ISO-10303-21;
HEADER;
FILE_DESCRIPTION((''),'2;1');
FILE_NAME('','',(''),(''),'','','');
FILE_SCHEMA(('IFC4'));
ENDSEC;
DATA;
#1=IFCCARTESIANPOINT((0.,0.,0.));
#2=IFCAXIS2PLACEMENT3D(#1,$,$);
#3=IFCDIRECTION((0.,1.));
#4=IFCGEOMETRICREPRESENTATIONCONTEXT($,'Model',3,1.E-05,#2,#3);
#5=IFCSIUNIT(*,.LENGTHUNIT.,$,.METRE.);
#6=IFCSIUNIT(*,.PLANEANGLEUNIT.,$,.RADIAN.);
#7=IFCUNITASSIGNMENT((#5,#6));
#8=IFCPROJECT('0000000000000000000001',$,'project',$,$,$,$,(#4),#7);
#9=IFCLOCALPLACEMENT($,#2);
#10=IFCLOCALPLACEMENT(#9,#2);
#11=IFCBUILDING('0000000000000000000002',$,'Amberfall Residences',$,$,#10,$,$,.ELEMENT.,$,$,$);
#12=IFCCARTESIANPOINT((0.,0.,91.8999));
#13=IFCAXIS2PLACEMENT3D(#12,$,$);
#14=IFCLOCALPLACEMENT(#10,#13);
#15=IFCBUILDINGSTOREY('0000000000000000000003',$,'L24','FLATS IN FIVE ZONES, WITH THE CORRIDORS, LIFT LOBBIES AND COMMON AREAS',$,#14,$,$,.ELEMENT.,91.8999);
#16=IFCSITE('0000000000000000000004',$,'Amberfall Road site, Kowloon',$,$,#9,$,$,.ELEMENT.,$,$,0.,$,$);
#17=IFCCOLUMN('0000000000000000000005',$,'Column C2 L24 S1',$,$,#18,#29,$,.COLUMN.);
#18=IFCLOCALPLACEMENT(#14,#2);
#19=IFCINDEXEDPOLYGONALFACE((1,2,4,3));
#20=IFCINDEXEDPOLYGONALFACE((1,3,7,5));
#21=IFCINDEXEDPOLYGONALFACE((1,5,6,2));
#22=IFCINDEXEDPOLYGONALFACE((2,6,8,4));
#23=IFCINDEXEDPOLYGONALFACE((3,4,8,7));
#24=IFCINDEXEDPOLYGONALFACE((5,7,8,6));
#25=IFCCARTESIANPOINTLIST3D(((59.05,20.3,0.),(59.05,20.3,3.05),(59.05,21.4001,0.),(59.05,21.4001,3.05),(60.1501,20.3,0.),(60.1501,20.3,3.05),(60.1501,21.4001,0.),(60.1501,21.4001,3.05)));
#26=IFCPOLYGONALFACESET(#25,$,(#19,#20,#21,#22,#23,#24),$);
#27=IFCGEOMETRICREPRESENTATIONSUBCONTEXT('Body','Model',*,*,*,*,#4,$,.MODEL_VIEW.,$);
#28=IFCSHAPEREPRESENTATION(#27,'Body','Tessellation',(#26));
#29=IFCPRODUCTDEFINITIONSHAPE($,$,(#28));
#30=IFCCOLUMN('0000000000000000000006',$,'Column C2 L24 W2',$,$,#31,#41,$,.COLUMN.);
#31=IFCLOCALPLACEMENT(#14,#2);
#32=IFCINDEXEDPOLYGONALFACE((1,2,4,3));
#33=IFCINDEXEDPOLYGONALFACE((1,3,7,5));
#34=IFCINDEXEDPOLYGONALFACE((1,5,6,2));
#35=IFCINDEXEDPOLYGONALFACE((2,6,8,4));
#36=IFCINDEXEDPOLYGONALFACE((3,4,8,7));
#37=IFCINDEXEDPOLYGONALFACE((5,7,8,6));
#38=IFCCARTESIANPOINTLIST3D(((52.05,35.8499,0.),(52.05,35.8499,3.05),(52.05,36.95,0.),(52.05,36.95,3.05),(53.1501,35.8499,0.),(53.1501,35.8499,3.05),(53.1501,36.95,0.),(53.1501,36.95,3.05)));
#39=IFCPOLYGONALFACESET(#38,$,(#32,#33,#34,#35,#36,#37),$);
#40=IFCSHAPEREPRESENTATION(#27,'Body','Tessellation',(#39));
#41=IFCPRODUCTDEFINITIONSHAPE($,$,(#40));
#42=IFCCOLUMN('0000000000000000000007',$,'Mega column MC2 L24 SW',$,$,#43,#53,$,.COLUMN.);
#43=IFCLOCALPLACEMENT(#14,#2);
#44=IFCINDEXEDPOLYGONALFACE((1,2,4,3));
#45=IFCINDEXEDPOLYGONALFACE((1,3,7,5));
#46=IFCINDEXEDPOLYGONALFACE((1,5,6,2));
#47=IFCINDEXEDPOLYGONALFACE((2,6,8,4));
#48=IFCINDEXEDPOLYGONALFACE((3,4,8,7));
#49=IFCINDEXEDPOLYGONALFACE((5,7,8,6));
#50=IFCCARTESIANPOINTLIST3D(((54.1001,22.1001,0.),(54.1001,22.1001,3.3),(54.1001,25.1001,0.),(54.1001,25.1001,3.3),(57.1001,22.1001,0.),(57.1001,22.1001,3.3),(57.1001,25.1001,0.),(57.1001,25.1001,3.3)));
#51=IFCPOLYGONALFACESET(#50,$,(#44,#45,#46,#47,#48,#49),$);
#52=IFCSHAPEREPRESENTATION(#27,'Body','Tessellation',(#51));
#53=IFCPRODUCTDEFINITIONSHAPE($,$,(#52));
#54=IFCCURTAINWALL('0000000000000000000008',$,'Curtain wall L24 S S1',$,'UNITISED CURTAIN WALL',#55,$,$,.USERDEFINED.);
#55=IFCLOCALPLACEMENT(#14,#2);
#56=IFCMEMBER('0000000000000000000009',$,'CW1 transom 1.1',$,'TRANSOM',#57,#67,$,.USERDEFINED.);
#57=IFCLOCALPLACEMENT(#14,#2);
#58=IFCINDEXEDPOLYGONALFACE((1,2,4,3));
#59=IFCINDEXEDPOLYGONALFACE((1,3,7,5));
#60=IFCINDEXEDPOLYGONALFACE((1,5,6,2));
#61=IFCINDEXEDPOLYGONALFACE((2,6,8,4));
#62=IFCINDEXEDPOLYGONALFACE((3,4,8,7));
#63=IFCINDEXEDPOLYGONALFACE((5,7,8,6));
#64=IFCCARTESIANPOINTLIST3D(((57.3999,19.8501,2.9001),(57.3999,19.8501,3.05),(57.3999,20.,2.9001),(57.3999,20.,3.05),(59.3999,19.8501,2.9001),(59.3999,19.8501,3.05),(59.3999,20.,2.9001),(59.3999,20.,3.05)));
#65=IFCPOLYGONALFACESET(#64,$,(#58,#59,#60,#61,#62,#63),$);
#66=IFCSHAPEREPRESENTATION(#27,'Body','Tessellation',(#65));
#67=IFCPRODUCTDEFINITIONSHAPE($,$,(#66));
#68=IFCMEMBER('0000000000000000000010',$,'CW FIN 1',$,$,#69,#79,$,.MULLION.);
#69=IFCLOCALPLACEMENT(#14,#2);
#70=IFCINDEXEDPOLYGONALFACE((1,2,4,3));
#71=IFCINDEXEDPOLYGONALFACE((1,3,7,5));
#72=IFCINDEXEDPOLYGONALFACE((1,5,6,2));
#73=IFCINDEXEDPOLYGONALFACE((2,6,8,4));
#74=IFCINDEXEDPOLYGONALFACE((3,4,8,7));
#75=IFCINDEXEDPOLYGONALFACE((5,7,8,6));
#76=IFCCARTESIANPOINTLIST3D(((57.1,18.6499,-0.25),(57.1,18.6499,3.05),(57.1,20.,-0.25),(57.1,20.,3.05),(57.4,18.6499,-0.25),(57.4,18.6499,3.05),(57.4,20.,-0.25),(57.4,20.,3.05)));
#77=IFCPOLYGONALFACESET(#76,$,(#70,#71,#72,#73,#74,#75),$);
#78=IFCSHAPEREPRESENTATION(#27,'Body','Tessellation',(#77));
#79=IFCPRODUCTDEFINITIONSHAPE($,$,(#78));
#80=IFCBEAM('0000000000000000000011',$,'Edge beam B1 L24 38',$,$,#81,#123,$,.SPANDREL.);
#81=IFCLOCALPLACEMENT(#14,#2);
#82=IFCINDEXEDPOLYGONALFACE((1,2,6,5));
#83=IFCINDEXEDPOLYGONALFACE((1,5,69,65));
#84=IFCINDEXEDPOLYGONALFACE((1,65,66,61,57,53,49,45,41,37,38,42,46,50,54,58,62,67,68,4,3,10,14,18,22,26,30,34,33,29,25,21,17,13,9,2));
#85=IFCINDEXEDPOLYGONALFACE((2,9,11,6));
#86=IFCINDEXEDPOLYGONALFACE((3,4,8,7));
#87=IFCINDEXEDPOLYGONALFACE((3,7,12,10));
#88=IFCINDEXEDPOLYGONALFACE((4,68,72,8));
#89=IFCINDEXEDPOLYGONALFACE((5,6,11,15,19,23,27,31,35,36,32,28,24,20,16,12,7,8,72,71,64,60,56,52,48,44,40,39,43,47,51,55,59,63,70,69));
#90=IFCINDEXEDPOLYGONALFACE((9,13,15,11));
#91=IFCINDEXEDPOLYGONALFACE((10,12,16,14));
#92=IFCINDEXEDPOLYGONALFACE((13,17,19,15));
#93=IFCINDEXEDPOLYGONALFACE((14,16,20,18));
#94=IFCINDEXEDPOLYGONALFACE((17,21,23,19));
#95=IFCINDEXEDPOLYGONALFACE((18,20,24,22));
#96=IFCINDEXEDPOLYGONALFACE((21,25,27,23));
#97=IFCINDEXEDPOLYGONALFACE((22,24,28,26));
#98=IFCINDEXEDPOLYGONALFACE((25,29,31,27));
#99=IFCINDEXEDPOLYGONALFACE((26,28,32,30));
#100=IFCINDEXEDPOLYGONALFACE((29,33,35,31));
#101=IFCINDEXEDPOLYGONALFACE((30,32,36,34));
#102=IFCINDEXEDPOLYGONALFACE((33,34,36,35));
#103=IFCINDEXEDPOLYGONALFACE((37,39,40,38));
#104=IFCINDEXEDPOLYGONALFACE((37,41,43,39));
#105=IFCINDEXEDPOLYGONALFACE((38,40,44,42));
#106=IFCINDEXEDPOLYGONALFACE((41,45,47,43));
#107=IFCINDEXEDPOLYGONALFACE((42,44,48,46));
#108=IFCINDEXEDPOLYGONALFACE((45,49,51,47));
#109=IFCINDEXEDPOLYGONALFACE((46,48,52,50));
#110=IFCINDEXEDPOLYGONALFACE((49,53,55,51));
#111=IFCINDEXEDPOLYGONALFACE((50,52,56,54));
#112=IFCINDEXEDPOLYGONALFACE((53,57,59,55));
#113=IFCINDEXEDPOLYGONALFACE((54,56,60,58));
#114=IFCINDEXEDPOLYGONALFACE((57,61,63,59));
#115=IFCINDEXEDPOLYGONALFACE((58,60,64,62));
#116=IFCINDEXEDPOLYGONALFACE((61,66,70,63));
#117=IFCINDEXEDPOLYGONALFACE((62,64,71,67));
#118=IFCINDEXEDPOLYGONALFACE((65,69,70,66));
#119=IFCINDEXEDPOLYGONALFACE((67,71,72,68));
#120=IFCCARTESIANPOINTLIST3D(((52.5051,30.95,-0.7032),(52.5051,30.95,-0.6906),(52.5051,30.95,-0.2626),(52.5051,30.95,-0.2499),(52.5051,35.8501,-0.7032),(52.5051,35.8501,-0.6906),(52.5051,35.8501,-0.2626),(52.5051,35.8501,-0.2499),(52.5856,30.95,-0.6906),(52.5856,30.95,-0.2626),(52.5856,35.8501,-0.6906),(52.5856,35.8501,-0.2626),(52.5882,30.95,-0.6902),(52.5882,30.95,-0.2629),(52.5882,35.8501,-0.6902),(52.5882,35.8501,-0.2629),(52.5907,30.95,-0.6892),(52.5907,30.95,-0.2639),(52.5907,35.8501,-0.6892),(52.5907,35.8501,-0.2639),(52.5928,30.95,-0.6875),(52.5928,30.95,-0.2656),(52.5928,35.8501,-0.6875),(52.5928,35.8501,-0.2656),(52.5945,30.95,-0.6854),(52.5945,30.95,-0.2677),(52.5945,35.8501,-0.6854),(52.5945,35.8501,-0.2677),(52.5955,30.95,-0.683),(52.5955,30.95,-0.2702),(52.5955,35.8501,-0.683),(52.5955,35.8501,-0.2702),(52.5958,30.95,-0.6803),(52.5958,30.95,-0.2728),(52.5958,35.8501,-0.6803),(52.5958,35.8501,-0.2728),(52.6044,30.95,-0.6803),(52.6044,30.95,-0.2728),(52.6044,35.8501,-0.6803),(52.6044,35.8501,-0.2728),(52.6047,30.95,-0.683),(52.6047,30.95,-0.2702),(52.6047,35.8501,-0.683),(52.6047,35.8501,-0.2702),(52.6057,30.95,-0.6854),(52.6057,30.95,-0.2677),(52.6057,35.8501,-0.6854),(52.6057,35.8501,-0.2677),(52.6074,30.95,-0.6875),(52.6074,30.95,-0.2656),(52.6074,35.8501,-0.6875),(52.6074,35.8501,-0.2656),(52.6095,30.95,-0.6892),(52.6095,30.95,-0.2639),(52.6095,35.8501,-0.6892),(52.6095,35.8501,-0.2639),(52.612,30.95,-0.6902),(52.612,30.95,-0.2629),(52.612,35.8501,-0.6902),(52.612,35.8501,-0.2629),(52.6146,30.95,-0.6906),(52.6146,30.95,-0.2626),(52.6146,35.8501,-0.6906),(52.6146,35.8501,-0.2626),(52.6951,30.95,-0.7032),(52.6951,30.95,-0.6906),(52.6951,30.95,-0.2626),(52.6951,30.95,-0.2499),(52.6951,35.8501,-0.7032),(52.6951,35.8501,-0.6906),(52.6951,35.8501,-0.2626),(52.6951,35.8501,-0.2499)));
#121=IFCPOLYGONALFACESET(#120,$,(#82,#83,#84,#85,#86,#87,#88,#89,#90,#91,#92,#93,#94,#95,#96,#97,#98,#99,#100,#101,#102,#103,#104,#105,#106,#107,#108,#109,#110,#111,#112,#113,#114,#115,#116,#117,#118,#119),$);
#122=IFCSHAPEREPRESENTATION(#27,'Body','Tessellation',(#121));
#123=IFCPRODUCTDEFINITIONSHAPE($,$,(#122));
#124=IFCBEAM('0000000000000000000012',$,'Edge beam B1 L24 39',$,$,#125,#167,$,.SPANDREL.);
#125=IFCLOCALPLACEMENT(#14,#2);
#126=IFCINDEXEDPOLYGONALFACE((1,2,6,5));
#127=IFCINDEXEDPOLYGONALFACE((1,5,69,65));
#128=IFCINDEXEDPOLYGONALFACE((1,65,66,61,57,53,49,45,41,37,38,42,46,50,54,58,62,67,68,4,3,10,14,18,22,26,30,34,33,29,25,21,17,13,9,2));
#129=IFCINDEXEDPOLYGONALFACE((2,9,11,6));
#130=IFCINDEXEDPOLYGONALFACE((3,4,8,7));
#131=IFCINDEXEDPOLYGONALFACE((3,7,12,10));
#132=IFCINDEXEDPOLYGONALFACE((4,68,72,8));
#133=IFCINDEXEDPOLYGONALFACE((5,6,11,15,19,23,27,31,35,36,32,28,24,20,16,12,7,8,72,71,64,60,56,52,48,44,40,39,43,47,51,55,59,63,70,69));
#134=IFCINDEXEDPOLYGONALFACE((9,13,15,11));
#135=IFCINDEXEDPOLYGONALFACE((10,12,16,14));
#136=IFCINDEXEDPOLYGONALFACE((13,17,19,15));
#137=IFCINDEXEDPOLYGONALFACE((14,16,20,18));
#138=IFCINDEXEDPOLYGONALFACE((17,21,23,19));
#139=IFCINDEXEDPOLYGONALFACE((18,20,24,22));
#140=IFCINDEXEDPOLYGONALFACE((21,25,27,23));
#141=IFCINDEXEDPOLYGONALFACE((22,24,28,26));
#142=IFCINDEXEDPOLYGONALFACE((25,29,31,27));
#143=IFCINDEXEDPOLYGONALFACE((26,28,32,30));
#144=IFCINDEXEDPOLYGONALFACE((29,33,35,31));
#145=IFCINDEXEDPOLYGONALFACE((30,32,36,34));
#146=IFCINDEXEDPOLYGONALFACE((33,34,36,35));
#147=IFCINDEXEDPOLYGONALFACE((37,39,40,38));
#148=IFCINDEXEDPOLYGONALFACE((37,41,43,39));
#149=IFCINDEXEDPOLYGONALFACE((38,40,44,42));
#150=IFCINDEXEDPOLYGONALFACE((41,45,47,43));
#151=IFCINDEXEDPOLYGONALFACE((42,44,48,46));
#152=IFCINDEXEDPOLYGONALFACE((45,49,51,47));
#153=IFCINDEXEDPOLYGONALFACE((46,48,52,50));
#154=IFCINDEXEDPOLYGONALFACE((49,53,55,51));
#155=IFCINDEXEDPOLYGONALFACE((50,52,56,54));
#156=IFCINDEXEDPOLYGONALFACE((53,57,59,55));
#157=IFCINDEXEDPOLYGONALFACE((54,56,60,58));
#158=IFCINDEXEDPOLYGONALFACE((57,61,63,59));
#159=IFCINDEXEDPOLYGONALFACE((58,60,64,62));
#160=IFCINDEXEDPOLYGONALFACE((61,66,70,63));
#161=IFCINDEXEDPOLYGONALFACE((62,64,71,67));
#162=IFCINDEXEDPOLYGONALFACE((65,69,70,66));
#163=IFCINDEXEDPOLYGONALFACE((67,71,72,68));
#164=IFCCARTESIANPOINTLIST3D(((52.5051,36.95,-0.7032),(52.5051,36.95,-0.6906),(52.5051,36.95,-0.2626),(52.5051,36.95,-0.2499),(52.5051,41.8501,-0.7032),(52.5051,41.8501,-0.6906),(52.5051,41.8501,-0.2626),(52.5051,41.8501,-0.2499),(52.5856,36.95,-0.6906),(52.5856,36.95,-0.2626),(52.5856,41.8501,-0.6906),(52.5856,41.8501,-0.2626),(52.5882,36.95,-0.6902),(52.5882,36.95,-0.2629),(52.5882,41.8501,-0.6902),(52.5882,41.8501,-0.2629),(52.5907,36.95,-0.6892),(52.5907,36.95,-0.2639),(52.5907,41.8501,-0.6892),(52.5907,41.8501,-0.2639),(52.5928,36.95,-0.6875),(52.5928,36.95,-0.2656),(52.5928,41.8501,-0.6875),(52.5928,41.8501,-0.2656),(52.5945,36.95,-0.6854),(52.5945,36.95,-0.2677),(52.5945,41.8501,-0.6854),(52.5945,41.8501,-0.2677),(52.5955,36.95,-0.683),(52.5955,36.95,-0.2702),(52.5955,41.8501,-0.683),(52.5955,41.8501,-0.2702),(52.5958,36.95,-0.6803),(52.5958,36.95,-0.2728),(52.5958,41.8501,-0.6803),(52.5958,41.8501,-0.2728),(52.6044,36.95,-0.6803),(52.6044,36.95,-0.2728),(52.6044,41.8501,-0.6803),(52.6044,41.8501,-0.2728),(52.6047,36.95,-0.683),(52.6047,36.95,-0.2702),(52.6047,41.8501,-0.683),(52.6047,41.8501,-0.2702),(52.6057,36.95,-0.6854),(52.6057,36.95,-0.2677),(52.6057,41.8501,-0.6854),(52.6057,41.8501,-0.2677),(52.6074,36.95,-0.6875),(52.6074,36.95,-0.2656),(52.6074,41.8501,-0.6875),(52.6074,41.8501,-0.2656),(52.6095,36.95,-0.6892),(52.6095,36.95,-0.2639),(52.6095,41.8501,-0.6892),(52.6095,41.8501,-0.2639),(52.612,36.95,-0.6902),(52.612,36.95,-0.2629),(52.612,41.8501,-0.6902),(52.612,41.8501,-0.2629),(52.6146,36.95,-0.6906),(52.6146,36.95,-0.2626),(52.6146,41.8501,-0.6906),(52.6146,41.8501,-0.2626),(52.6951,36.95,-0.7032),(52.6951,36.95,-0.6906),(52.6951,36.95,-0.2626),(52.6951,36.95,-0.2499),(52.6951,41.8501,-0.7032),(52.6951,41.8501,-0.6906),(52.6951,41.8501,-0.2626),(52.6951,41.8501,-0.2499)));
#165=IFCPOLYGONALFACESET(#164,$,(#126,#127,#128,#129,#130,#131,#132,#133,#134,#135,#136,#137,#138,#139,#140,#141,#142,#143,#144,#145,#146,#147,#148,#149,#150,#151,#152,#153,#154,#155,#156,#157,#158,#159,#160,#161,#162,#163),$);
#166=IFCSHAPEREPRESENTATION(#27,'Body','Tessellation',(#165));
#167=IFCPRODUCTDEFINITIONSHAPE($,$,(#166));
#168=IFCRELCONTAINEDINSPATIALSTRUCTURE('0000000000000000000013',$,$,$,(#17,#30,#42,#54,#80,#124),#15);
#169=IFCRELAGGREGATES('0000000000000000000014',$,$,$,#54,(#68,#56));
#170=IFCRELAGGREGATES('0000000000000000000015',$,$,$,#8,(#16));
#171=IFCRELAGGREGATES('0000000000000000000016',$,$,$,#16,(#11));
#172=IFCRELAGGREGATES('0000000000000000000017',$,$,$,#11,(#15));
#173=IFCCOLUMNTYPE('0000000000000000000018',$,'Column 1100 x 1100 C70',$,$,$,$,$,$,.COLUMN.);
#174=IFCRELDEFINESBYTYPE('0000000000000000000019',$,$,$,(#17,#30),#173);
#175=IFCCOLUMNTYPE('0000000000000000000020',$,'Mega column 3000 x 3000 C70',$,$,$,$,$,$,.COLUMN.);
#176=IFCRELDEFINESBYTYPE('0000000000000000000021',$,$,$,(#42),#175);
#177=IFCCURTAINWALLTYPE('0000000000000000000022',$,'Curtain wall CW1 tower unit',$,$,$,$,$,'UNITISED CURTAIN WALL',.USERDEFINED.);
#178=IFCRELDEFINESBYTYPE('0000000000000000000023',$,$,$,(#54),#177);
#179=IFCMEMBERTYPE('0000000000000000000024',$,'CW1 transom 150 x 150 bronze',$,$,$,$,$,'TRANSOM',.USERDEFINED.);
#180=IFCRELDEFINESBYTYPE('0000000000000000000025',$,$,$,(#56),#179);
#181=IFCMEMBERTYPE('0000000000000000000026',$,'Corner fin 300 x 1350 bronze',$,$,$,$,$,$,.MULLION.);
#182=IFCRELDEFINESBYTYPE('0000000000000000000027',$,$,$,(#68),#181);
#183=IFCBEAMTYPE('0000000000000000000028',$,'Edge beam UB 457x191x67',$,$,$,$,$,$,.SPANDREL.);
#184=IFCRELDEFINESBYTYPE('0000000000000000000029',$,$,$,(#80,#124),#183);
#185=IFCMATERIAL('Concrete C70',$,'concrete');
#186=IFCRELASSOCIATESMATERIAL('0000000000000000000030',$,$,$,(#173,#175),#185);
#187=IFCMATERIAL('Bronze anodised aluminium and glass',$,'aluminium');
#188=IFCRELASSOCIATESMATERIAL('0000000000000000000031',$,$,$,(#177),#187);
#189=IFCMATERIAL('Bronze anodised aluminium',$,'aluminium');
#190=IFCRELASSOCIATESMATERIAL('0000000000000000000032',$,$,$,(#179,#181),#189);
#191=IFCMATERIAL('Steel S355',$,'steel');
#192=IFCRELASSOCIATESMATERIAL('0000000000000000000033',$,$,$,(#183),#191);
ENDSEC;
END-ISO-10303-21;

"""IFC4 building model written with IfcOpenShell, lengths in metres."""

from ifc_helpers import new_model, si_unit, direction, frame, origin, origin_2d, place, context, subcontext, project, spatial, rectangle, i_section, extrude, material, material_profile, profile_set, type_object, element, aggregate, save


model = new_model("IFC4")

# Units and contexts
model_context = context("Model", 3, precision=1e-05, world=origin(), true_north=direction((0.0, 1.0)))
body_context = subcontext(model_context, "Body", "Model", "MODEL_VIEW")
ifc_project = project(units=[si_unit("LENGTHUNIT", "METRE"), si_unit("PLANEANGLEUNIT", "RADIAN")], contexts=[model_context])

# Site, building, storey
site_placement = place(None, origin())
site = spatial("IfcSite", under=ifc_project, at=site_placement, Name="Amberfall Road site, Kowloon", CompositionType="ELEMENT", RefElevation=0.0)
building_placement = place(site_placement, origin())
building = spatial("IfcBuilding", under=site, at=building_placement, Name="Amberfall Residences", CompositionType="ELEMENT")
storey_placement = place(building_placement, frame((0.0, 0.0, 91.8999)))
storey = spatial("IfcBuildingStorey", under=building, at=storey_placement, Name="L24", Description="FLATS IN FIVE ZONES, WITH THE CORRIDORS, LIFT LOBBIES AND COMMON AREAS", CompositionType="ELEMENT", Elevation=91.8999)

# Columns
ifc_material_1 = material(Name="Concrete C70", Category="concrete")
ifc_material_profile_1 = material_profile(ifc_material_1, rectangle(XDim=1.1001, YDim=1.1001, at=origin_2d()), Name="Column 1100 x 1100 C70")
ifc_profile_set_1 = profile_set([ifc_material_profile_1], Name="Concrete C70")
column_type_1 = type_object("IfcColumnType", Name="Column 1100 x 1100 C70", PredefinedType="COLUMN", material=ifc_profile_set_1)
for number, where, z_axis, x_axis, name in (
    (1, (59.6001, 20.8501, 0.0), (0.0, 0.0, 1.0), (1.0, 0.0, 0.0), "Column C2 L24 S1"),
    (2, (52.6001, 36.3999, 0.0), (0.0, 0.0, 1.0), (1.0, 0.0, 0.0), "Column C2 L24 W2"),
):
    element("IfcColumn", number, at=place(storey_placement, frame(where, z_axis=z_axis, x_axis=x_axis)), inside=storey, type_object=column_type_1, Name=name, PredefinedType="COLUMN", context=body_context, shape_type="SweptSolid", body=[
        extrude(rectangle(XDim=1.1001, YDim=1.1001, at=origin_2d()), origin(), (0.0, 0.0, 1.0), 3.05),
    ])
ifc_material_profile_2 = material_profile(ifc_material_1, rectangle(XDim=3.0, YDim=3.0, at=origin_2d()), Name="Mega column 3000 x 3000 C70")
ifc_profile_set_2 = profile_set([ifc_material_profile_2], Name="Concrete C70")
column_type_2 = type_object("IfcColumnType", Name="Mega column 3000 x 3000 C70", PredefinedType="COLUMN", material=ifc_profile_set_2)
column_placement = place(storey_placement, frame((55.6001, 23.6001, 0.0), z_axis=(0.0, 0.0, 1.0), x_axis=(1.0, 0.0, 0.0)))
element("IfcColumn", 3, at=column_placement, inside=storey, type_object=column_type_2, Name="Mega column MC2 L24 SW", PredefinedType="COLUMN", context=body_context, shape_type="SweptSolid", body=[
    extrude(rectangle(XDim=3.0, YDim=3.0, at=origin_2d()), origin(), (0.0, 0.0, 1.0), 3.3),
])

# Curtain wall, members
ifc_material_2 = material(Name="Bronze anodised aluminium and glass", Category="aluminium")
curtain_wall_type = type_object("IfcCurtainWallType", Name="Curtain wall CW1 tower unit", ElementType="UNITISED CURTAIN WALL", PredefinedType="USERDEFINED", material=ifc_material_2)
curtain_wall_placement = place(storey_placement, origin())
curtain_wall = element("IfcCurtainWall", 4, at=curtain_wall_placement, inside=storey, type_object=curtain_wall_type, Name="Curtain wall L24 S S1", ObjectType="UNITISED CURTAIN WALL", PredefinedType="USERDEFINED")
ifc_material_3 = material(Name="Bronze anodised aluminium", Category="aluminium")
ifc_material_profile_3 = material_profile(ifc_material_3, rectangle(XDim=0.1499, YDim=0.1499, at=origin_2d()), Name="CW1 transom 150 x 150 bronze")
ifc_profile_set_3 = profile_set([ifc_material_profile_3], Name="Bronze anodised aluminium")
member_type_1 = type_object("IfcMemberType", Name="CW1 transom 150 x 150 bronze", ElementType="TRANSOM", PredefinedType="USERDEFINED", material=ifc_profile_set_3)
member_1_placement = place(storey_placement, frame((57.3999, 19.925, 2.9751), z_axis=(1.0, 0.0, 0.0), x_axis=(0.0, 1.0, 0.0)))
member_1 = element("IfcMember", 5, at=member_1_placement, type_object=member_type_1, Name="CW1 transom 1.1", ObjectType="TRANSOM", PredefinedType="USERDEFINED", context=body_context, shape_type="SweptSolid", body=[
    extrude(rectangle(XDim=0.1499, YDim=0.1499, at=origin_2d()), origin(), (0.0, 0.0, 1.0), 2.0),
])
ifc_material_profile_4 = material_profile(ifc_material_3, rectangle(XDim=1.3501, YDim=0.3, at=origin_2d()), Name="Corner fin 300 x 1350 bronze")
ifc_profile_set_4 = profile_set([ifc_material_profile_4], Name="Bronze anodised aluminium")
member_type_2 = type_object("IfcMemberType", Name="Corner fin 300 x 1350 bronze", PredefinedType="MULLION", material=ifc_profile_set_4)
member_2_placement = place(storey_placement, frame((57.25, 19.325, -0.25), z_axis=(0.0, 0.0, 1.0), x_axis=(0.0, 1.0, 0.0)))
member_2 = element("IfcMember", 6, at=member_2_placement, type_object=member_type_2, Name="CW FIN 1", PredefinedType="MULLION", context=body_context, shape_type="SweptSolid", body=[
    extrude(rectangle(XDim=1.3501, YDim=0.3, at=origin_2d()), origin(), (0.0, 0.0, 1.0), 3.3),
])

# Beams
ifc_material_4 = material(Name="Steel S355", Category="steel")
ifc_material_profile_5 = material_profile(ifc_material_4, i_section(OverallWidth=0.1899, OverallDepth=0.4534, WebThickness=0.0085, FlangeThickness=0.0127, FilletRadius=0.0103, at=origin_2d()), Name="UB 457x191x67")
ifc_profile_set_5 = profile_set([ifc_material_profile_5], Name="Steel S355")
beam_type_1 = type_object("IfcBeamType", Name="Edge beam UB 457x191x67", PredefinedType="SPANDREL", material=ifc_profile_set_5)
for number, where, z_axis, x_axis, name in (
    (7, (52.6001, 30.95, -0.4766), (0.0, 1.0, 0.0), (-1.0, 0.0, 0.0), "Edge beam B1 L24 38"),
    (8, (52.6001, 36.95, -0.4766), (0.0, 1.0, 0.0), (-1.0, 0.0, 0.0), "Edge beam B1 L24 39"),
):
    element("IfcBeam", number, at=place(storey_placement, frame(where, z_axis=z_axis, x_axis=x_axis)), inside=storey, type_object=beam_type_1, Name=name, PredefinedType="SPANDREL", context=body_context, shape_type="SweptSolid", body=[
        extrude(i_section(OverallWidth=0.1899, OverallDepth=0.4534, WebThickness=0.0085, FlangeThickness=0.0127, FilletRadius=0.0103, at=origin_2d()), origin(), (0.0, 0.0, 1.0), 4.9001),
    ])

aggregate(curtain_wall, [member_2, member_1])

save(model, "model.ifc")
